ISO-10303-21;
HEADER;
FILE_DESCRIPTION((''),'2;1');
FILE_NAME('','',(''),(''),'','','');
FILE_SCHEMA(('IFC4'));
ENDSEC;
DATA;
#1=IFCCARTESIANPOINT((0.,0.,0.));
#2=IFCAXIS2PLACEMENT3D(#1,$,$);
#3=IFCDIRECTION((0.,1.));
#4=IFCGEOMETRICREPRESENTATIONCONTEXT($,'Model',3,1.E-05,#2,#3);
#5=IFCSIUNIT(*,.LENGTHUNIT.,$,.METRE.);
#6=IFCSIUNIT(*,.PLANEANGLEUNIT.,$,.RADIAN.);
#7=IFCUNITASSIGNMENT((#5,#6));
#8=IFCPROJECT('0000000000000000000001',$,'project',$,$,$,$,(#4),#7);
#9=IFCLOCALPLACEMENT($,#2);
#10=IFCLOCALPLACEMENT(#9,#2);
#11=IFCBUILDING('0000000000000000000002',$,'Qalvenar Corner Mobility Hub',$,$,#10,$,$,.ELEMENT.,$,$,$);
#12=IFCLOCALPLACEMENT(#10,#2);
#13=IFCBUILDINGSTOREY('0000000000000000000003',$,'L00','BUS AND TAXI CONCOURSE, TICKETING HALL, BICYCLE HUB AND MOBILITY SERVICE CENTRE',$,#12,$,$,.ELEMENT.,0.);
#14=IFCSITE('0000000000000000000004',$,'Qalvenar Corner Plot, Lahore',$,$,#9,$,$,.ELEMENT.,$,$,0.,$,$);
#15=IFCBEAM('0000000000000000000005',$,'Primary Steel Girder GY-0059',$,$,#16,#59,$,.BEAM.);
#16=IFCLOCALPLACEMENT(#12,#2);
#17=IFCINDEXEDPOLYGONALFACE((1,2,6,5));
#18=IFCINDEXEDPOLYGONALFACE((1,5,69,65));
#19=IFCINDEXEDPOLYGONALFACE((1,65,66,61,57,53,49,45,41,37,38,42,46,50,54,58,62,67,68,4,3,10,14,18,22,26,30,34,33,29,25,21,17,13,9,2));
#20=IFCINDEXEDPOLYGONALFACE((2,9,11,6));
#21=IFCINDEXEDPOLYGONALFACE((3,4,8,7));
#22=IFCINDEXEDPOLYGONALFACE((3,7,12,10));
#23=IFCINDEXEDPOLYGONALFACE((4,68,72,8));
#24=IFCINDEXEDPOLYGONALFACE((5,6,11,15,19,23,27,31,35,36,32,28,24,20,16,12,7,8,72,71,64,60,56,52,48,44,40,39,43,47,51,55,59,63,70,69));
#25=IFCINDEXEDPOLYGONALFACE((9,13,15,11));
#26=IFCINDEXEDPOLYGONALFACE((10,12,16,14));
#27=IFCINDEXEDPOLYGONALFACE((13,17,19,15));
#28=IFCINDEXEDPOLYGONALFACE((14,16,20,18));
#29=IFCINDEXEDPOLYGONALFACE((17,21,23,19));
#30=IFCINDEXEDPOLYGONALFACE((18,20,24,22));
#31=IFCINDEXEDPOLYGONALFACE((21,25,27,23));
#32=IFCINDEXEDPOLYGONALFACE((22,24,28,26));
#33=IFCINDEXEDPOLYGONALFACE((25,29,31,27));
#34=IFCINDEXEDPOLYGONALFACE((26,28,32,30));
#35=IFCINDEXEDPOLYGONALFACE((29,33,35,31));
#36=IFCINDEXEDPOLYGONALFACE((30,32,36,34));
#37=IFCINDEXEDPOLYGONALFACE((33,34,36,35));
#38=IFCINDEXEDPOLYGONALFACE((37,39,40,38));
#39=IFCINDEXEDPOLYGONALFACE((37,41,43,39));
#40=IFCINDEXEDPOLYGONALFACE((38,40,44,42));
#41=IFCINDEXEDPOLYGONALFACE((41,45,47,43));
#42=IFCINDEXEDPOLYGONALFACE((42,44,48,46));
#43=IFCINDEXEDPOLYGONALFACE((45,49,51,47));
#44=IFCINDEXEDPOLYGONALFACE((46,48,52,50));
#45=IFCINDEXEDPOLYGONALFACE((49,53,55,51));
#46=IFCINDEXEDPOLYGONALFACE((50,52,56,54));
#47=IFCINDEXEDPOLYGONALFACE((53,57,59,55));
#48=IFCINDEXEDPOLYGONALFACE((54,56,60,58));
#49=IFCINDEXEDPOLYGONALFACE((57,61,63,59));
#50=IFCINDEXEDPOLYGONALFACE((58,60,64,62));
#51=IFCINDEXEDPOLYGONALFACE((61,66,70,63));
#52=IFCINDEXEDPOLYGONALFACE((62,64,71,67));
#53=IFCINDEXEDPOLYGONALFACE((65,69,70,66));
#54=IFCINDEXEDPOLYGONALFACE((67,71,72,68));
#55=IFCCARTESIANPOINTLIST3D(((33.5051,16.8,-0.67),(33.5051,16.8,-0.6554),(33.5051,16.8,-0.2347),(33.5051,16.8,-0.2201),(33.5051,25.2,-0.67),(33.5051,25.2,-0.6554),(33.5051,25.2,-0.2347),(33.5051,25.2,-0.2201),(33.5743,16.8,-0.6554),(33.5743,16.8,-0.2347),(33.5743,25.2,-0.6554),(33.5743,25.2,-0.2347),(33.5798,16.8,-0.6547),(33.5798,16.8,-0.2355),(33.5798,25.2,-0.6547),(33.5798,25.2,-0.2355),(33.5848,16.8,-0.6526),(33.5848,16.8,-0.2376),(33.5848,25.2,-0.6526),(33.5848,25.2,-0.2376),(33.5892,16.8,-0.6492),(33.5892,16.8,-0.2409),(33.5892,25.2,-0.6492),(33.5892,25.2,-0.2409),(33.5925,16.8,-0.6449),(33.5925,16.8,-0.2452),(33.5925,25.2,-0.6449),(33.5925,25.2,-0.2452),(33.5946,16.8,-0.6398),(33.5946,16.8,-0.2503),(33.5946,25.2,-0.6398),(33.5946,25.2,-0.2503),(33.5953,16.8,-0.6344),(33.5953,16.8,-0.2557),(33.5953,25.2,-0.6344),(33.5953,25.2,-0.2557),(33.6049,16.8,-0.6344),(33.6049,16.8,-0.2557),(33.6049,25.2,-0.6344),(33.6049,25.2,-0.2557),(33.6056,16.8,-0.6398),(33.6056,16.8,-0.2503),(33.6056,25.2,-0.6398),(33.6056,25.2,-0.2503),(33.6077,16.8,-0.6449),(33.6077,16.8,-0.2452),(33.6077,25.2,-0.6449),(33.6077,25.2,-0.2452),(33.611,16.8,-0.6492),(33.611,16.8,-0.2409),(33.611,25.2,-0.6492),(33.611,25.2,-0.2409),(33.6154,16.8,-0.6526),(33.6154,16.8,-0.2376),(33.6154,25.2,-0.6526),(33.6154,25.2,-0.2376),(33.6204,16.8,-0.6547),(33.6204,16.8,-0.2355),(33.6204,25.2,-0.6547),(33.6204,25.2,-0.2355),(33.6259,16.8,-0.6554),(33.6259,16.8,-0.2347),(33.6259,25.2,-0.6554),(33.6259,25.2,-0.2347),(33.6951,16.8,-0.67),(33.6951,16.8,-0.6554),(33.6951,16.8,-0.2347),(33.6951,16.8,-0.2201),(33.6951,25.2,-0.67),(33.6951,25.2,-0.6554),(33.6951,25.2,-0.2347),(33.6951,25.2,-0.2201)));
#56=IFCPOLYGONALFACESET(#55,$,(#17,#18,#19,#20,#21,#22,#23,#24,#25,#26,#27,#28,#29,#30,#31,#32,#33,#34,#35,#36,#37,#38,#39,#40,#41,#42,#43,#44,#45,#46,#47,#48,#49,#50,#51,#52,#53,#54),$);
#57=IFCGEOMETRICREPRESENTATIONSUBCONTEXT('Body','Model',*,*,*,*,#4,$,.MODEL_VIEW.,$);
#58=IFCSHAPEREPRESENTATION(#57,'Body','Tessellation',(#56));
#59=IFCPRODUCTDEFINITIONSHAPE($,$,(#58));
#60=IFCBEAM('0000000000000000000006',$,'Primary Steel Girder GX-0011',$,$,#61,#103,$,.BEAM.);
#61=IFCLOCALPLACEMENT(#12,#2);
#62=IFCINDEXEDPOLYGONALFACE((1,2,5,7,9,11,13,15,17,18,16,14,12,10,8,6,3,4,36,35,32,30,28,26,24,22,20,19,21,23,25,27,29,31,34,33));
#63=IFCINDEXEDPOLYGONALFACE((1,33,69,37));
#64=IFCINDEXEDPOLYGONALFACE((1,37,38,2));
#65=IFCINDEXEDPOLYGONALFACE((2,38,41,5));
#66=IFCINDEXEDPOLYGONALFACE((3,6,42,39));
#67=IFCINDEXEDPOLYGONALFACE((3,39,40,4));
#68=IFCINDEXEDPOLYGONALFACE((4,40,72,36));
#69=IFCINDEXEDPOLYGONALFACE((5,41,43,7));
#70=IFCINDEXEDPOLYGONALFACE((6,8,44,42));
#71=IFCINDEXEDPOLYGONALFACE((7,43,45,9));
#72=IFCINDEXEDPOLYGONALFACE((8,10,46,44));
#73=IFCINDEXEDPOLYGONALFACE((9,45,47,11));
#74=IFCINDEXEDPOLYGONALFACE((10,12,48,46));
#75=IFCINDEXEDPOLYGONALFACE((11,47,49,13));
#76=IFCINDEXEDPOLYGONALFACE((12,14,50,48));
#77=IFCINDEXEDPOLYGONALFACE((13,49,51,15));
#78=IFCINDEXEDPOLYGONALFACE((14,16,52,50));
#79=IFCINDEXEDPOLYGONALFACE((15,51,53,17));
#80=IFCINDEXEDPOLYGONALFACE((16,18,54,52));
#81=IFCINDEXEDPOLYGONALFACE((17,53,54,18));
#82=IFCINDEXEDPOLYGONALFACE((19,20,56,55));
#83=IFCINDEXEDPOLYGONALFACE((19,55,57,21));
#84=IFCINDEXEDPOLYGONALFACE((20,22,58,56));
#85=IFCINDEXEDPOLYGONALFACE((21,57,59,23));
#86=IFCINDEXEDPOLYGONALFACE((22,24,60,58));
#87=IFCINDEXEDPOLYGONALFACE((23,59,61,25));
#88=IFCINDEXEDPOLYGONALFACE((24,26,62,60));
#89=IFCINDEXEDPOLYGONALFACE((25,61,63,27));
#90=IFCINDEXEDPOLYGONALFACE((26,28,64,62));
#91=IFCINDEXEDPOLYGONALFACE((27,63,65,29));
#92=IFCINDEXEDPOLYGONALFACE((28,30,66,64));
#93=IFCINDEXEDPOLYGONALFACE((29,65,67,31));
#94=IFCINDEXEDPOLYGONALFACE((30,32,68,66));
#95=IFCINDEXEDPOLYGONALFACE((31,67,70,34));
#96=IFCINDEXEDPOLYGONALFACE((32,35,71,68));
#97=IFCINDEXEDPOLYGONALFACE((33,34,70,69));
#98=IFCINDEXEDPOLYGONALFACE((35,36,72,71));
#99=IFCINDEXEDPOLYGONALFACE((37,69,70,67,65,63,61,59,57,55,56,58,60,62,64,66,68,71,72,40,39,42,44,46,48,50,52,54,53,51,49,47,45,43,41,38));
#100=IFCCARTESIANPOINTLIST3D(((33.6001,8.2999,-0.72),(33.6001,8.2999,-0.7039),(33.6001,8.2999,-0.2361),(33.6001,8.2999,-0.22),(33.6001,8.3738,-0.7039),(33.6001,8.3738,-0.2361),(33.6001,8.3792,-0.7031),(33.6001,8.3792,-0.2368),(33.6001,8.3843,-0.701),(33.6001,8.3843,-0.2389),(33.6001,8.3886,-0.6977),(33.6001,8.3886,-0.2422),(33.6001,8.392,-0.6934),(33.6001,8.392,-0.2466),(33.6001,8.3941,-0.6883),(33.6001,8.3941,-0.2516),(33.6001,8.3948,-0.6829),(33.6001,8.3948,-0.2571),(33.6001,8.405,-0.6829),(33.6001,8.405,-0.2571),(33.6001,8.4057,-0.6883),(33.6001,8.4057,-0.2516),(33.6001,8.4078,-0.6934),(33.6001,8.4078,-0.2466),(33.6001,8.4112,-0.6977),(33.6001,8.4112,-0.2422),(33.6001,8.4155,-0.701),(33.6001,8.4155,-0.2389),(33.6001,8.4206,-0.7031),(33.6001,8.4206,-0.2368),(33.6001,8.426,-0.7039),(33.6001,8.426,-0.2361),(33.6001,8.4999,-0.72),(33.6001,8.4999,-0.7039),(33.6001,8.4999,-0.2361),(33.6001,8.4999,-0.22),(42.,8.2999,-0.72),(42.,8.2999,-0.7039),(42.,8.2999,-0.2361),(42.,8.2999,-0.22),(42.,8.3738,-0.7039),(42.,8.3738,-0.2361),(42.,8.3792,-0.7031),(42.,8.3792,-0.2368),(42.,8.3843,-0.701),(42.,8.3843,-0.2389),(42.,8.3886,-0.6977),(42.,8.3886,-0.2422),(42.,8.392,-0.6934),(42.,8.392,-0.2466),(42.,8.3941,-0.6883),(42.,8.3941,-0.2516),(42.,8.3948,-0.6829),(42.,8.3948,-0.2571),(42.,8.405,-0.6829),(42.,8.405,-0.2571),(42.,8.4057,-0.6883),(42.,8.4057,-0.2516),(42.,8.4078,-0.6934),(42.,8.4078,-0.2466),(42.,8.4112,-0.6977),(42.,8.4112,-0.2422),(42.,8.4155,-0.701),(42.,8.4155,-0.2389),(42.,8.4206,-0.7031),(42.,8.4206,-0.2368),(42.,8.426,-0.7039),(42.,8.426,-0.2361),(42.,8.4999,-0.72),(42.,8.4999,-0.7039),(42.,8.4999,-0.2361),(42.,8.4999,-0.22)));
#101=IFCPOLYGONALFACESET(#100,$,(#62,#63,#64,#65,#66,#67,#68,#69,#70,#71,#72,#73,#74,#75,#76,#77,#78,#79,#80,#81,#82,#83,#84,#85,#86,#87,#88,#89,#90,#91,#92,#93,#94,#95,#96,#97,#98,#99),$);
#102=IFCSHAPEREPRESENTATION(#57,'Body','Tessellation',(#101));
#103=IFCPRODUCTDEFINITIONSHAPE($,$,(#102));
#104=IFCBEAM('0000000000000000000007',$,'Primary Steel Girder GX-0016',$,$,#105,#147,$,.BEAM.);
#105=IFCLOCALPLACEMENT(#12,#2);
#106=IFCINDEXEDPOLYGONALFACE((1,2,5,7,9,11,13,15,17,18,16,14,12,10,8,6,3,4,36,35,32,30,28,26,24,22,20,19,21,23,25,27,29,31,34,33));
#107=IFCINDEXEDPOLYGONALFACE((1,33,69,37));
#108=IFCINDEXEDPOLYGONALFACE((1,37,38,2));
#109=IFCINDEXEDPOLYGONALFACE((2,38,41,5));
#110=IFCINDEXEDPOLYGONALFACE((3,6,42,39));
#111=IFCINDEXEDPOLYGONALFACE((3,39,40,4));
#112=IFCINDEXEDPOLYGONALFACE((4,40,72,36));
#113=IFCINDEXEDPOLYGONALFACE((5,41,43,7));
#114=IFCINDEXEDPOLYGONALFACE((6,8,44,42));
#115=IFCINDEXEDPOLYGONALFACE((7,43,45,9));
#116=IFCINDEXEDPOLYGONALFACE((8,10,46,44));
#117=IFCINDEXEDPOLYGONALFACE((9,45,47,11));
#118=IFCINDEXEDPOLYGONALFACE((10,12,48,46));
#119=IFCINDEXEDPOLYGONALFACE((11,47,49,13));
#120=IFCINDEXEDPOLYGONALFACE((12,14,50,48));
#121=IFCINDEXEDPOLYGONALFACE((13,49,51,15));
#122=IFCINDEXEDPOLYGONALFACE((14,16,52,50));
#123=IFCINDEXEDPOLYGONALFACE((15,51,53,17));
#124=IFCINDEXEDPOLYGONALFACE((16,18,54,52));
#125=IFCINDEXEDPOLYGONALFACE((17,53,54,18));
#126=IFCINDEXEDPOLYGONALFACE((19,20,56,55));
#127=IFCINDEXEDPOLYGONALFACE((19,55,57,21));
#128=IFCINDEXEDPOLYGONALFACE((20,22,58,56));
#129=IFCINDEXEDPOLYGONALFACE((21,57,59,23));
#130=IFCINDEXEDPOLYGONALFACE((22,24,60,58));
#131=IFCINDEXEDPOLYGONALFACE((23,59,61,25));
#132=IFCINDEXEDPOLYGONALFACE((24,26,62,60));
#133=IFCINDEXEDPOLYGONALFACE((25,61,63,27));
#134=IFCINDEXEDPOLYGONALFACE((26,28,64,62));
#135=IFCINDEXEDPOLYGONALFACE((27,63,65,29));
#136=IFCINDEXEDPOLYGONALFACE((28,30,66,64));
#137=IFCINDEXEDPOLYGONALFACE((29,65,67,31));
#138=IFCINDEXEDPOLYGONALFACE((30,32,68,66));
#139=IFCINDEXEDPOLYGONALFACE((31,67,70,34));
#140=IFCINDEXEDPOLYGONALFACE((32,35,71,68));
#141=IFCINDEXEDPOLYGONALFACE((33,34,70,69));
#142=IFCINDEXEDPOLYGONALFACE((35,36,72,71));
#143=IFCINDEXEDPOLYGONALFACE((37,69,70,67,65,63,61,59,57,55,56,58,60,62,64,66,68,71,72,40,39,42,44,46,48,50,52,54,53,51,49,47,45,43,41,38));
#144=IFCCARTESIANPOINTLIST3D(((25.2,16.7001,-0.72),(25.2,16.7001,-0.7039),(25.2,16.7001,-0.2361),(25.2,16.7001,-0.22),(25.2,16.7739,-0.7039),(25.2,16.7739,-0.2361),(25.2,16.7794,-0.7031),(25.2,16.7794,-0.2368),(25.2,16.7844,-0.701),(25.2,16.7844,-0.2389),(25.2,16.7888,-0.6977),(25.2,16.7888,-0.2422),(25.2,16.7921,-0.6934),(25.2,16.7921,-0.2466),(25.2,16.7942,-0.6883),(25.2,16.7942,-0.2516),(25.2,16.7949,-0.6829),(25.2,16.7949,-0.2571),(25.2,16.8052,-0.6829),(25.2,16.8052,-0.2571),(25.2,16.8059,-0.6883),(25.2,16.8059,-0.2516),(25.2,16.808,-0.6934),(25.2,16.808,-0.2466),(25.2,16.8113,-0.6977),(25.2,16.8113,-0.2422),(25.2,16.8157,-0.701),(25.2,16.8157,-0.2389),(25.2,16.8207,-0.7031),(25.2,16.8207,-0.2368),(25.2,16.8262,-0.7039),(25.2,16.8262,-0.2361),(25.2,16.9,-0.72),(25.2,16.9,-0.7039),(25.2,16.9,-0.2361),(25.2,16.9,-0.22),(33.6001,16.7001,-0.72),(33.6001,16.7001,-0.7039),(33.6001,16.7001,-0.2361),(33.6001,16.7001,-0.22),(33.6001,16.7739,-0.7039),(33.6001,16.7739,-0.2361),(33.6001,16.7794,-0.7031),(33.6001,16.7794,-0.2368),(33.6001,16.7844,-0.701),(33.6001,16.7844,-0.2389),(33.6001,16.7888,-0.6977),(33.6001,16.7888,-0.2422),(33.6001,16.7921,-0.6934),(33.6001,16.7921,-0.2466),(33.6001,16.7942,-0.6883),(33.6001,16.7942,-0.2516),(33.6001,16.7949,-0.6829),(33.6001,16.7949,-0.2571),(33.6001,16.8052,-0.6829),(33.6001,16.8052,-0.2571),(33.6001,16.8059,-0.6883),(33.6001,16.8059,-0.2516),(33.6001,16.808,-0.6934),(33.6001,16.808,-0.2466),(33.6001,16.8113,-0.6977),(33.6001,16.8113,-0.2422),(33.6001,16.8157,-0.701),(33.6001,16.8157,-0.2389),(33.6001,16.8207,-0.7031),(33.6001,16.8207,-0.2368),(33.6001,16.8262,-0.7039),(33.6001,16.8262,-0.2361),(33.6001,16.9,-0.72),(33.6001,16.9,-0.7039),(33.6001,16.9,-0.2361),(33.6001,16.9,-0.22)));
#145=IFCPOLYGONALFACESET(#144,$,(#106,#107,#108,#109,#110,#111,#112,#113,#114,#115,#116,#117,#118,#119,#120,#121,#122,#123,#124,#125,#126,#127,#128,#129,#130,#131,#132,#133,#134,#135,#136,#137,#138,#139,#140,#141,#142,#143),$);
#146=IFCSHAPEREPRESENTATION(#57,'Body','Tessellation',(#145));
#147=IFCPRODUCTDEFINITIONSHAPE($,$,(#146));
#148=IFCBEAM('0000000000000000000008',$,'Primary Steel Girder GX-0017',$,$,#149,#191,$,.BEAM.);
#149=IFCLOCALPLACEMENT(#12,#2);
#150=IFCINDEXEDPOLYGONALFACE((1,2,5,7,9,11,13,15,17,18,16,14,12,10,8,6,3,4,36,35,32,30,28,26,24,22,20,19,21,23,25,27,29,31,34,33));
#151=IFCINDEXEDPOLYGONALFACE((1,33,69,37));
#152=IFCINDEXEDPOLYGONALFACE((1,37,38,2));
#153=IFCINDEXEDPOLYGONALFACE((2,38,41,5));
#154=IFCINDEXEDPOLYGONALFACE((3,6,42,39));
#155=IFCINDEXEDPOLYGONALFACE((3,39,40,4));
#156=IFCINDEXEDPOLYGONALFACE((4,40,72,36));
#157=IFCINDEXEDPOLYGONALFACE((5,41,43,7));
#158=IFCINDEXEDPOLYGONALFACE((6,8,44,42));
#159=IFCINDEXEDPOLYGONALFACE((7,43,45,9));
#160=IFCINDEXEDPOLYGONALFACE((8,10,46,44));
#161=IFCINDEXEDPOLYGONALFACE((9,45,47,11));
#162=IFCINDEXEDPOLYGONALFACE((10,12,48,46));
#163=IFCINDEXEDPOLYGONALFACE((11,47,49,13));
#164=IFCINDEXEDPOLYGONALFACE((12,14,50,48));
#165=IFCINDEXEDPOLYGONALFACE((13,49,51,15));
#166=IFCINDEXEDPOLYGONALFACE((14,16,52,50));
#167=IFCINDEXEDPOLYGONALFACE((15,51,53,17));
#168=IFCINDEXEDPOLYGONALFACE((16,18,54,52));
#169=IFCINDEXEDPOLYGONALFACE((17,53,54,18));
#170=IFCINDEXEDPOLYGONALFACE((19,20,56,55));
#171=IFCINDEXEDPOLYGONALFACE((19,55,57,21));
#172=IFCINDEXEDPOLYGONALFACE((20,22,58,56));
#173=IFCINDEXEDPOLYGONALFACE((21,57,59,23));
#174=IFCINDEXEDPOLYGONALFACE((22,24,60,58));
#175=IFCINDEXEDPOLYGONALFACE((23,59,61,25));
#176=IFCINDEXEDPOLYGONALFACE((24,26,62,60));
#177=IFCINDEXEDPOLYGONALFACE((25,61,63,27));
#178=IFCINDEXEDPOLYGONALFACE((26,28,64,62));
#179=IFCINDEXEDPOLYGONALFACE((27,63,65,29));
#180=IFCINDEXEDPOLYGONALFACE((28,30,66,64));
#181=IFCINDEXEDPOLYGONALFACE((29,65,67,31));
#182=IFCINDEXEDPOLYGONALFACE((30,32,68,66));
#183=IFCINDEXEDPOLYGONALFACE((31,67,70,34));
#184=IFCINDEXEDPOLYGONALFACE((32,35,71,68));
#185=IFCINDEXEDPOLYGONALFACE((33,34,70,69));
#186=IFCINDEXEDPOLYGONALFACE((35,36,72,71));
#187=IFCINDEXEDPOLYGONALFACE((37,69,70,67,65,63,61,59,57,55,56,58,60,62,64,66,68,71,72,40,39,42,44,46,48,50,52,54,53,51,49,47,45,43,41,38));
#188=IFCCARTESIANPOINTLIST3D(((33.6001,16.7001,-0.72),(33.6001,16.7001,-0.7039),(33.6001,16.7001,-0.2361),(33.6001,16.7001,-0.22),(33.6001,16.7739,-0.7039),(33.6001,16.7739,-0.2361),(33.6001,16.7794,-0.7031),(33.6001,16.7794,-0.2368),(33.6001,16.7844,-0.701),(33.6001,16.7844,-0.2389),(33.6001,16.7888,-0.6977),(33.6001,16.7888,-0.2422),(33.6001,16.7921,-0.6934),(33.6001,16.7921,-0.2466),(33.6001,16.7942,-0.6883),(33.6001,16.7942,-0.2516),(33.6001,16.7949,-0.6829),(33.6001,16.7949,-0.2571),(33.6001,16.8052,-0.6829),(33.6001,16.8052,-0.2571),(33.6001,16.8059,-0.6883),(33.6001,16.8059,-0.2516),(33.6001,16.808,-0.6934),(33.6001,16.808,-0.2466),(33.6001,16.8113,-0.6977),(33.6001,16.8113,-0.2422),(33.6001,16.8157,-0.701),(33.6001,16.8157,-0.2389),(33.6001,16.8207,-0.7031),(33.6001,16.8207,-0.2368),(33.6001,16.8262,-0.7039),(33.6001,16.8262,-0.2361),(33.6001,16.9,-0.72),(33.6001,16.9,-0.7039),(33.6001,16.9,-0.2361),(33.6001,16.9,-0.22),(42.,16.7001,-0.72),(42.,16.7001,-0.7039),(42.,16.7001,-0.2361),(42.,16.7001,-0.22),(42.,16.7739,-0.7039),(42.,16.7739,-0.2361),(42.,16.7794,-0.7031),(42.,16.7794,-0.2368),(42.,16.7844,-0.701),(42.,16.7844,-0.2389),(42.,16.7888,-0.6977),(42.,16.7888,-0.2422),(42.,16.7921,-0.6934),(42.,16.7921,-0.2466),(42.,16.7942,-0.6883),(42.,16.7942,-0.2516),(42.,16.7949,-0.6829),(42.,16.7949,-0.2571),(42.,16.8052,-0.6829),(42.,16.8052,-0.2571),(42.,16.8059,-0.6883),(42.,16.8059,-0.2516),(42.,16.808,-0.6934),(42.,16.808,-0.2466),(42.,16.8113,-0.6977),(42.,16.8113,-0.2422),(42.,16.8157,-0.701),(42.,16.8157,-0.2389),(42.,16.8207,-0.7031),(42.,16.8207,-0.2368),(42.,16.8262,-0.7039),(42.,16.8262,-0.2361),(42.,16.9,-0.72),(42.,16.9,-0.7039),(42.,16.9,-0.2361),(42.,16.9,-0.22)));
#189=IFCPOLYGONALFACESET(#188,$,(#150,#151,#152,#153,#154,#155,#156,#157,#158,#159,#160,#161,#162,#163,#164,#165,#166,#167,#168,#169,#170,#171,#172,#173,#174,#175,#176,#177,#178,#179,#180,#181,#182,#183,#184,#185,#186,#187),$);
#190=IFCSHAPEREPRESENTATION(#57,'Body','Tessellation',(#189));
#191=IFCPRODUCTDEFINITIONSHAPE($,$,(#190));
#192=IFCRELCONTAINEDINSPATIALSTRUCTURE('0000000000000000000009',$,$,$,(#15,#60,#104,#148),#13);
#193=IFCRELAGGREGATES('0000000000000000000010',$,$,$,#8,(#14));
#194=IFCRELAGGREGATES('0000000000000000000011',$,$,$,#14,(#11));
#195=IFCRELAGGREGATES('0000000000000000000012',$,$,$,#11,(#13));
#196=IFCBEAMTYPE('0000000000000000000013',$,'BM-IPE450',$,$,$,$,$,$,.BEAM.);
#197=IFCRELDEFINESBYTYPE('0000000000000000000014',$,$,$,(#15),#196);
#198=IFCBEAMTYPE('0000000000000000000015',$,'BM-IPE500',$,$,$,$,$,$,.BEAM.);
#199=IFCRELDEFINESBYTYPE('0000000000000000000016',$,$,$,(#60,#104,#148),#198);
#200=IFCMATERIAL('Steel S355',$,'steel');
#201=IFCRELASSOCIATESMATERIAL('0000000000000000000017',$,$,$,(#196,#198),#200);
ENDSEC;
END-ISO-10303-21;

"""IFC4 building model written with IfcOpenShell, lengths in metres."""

from ifc_helpers import new_model, si_unit, direction, frame, origin, origin_2d, place, context, subcontext, project, spatial, i_section, extrude, material, material_profile, profile_set, type_object, element, save


model = new_model("IFC4")

# Units and contexts
model_context = context("Model", 3, precision=1e-05, world=origin(), true_north=direction((0.0, 1.0)))
body_context = subcontext(model_context, "Body", "Model", "MODEL_VIEW")
ifc_project = project(units=[si_unit("LENGTHUNIT", "METRE"), si_unit("PLANEANGLEUNIT", "RADIAN")], contexts=[model_context])

# Site, building, storey
site_placement = place(None, origin())
site = spatial("IfcSite", under=ifc_project, at=site_placement, Name="Qalvenar Corner Plot, Lahore", CompositionType="ELEMENT", RefElevation=0.0)
building_placement = place(site_placement, origin())
building = spatial("IfcBuilding", under=site, at=building_placement, Name="Qalvenar Corner Mobility Hub", CompositionType="ELEMENT")
storey_placement = place(building_placement, origin())
storey = spatial("IfcBuildingStorey", under=building, at=storey_placement, Name="L00", Description="BUS AND TAXI CONCOURSE, TICKETING HALL, BICYCLE HUB AND MOBILITY SERVICE CENTRE", CompositionType="ELEMENT", Elevation=0.0)

# Shared definitions
ifc_material_1 = material(Name="Steel S355", Category="steel")

# Beams
ifc_material_profile_1 = material_profile(ifc_material_1, i_section(OverallWidth=0.1899, OverallDepth=0.45, WebThickness=0.0095, FlangeThickness=0.0146, FilletRadius=0.021, at=origin_2d()), Name="IPE450")
ifc_profile_set_1 = profile_set([ifc_material_profile_1], Name="Steel S355")
beam_type_1 = type_object("IfcBeamType", Name="BM-IPE450", PredefinedType="BEAM", material=ifc_profile_set_1)
beam_1_placement = place(storey_placement, frame((33.6001, 16.8, -0.4451), z_axis=(0.0, 1.0, 0.0), x_axis=(-1.0, 0.0, 0.0)))
element("IfcBeam", 1, at=beam_1_placement, inside=storey, type_object=beam_type_1, Name="Primary Steel Girder GY-0059", PredefinedType="BEAM", context=body_context, shape_type="SweptSolid", body=[
    extrude(i_section(OverallWidth=0.1899, OverallDepth=0.45, WebThickness=0.0095, FlangeThickness=0.0146, FilletRadius=0.021, at=origin_2d()), origin(), (0.0, 0.0, 1.0), 8.3999),
])
ifc_material_profile_2 = material_profile(ifc_material_1, i_section(OverallWidth=0.2, OverallDepth=0.5, WebThickness=0.0103, FlangeThickness=0.0161, FilletRadius=0.021, at=origin_2d()), Name="IPE500")
ifc_profile_set_2 = profile_set([ifc_material_profile_2], Name="Steel S355")
beam_type_2 = type_object("IfcBeamType", Name="BM-IPE500", PredefinedType="BEAM", material=ifc_profile_set_2)
beam_2_placement = place(storey_placement, frame((33.6001, 8.3999, -0.47), z_axis=(1.0, 0.0, 0.0), x_axis=(0.0, 1.0, 0.0)))
element("IfcBeam", 2, at=beam_2_placement, inside=storey, type_object=beam_type_2, Name="Primary Steel Girder GX-0011", PredefinedType="BEAM", context=body_context, shape_type="SweptSolid", body=[
    extrude(i_section(OverallWidth=0.2, OverallDepth=0.5, WebThickness=0.0103, FlangeThickness=0.0161, FilletRadius=0.021, at=origin_2d()), origin(), (0.0, 0.0, 1.0), 8.3999),
])
beam_3_placement = place(storey_placement, frame((25.2, 16.8, -0.47), z_axis=(1.0, 0.0, 0.0), x_axis=(0.0, 1.0, 0.0)))
element("IfcBeam", 3, at=beam_3_placement, inside=storey, type_object=beam_type_2, Name="Primary Steel Girder GX-0016", PredefinedType="BEAM", context=body_context, shape_type="SweptSolid", body=[
    extrude(i_section(OverallWidth=0.2, OverallDepth=0.5, WebThickness=0.0103, FlangeThickness=0.0161, FilletRadius=0.021, at=origin_2d()), origin(), (0.0, 0.0, 1.0), 8.4001),
])
beam_4_placement = place(storey_placement, frame((33.6001, 16.8, -0.47), z_axis=(1.0, 0.0, 0.0), x_axis=(0.0, 1.0, 0.0)))
element("IfcBeam", 4, at=beam_4_placement, inside=storey, type_object=beam_type_2, Name="Primary Steel Girder GX-0017", PredefinedType="BEAM", context=body_context, shape_type="SweptSolid", body=[
    extrude(i_section(OverallWidth=0.2, OverallDepth=0.5, WebThickness=0.0103, FlangeThickness=0.0161, FilletRadius=0.021, at=origin_2d()), origin(), (0.0, 0.0, 1.0), 8.3999),
])

save(model, "model.ifc")
